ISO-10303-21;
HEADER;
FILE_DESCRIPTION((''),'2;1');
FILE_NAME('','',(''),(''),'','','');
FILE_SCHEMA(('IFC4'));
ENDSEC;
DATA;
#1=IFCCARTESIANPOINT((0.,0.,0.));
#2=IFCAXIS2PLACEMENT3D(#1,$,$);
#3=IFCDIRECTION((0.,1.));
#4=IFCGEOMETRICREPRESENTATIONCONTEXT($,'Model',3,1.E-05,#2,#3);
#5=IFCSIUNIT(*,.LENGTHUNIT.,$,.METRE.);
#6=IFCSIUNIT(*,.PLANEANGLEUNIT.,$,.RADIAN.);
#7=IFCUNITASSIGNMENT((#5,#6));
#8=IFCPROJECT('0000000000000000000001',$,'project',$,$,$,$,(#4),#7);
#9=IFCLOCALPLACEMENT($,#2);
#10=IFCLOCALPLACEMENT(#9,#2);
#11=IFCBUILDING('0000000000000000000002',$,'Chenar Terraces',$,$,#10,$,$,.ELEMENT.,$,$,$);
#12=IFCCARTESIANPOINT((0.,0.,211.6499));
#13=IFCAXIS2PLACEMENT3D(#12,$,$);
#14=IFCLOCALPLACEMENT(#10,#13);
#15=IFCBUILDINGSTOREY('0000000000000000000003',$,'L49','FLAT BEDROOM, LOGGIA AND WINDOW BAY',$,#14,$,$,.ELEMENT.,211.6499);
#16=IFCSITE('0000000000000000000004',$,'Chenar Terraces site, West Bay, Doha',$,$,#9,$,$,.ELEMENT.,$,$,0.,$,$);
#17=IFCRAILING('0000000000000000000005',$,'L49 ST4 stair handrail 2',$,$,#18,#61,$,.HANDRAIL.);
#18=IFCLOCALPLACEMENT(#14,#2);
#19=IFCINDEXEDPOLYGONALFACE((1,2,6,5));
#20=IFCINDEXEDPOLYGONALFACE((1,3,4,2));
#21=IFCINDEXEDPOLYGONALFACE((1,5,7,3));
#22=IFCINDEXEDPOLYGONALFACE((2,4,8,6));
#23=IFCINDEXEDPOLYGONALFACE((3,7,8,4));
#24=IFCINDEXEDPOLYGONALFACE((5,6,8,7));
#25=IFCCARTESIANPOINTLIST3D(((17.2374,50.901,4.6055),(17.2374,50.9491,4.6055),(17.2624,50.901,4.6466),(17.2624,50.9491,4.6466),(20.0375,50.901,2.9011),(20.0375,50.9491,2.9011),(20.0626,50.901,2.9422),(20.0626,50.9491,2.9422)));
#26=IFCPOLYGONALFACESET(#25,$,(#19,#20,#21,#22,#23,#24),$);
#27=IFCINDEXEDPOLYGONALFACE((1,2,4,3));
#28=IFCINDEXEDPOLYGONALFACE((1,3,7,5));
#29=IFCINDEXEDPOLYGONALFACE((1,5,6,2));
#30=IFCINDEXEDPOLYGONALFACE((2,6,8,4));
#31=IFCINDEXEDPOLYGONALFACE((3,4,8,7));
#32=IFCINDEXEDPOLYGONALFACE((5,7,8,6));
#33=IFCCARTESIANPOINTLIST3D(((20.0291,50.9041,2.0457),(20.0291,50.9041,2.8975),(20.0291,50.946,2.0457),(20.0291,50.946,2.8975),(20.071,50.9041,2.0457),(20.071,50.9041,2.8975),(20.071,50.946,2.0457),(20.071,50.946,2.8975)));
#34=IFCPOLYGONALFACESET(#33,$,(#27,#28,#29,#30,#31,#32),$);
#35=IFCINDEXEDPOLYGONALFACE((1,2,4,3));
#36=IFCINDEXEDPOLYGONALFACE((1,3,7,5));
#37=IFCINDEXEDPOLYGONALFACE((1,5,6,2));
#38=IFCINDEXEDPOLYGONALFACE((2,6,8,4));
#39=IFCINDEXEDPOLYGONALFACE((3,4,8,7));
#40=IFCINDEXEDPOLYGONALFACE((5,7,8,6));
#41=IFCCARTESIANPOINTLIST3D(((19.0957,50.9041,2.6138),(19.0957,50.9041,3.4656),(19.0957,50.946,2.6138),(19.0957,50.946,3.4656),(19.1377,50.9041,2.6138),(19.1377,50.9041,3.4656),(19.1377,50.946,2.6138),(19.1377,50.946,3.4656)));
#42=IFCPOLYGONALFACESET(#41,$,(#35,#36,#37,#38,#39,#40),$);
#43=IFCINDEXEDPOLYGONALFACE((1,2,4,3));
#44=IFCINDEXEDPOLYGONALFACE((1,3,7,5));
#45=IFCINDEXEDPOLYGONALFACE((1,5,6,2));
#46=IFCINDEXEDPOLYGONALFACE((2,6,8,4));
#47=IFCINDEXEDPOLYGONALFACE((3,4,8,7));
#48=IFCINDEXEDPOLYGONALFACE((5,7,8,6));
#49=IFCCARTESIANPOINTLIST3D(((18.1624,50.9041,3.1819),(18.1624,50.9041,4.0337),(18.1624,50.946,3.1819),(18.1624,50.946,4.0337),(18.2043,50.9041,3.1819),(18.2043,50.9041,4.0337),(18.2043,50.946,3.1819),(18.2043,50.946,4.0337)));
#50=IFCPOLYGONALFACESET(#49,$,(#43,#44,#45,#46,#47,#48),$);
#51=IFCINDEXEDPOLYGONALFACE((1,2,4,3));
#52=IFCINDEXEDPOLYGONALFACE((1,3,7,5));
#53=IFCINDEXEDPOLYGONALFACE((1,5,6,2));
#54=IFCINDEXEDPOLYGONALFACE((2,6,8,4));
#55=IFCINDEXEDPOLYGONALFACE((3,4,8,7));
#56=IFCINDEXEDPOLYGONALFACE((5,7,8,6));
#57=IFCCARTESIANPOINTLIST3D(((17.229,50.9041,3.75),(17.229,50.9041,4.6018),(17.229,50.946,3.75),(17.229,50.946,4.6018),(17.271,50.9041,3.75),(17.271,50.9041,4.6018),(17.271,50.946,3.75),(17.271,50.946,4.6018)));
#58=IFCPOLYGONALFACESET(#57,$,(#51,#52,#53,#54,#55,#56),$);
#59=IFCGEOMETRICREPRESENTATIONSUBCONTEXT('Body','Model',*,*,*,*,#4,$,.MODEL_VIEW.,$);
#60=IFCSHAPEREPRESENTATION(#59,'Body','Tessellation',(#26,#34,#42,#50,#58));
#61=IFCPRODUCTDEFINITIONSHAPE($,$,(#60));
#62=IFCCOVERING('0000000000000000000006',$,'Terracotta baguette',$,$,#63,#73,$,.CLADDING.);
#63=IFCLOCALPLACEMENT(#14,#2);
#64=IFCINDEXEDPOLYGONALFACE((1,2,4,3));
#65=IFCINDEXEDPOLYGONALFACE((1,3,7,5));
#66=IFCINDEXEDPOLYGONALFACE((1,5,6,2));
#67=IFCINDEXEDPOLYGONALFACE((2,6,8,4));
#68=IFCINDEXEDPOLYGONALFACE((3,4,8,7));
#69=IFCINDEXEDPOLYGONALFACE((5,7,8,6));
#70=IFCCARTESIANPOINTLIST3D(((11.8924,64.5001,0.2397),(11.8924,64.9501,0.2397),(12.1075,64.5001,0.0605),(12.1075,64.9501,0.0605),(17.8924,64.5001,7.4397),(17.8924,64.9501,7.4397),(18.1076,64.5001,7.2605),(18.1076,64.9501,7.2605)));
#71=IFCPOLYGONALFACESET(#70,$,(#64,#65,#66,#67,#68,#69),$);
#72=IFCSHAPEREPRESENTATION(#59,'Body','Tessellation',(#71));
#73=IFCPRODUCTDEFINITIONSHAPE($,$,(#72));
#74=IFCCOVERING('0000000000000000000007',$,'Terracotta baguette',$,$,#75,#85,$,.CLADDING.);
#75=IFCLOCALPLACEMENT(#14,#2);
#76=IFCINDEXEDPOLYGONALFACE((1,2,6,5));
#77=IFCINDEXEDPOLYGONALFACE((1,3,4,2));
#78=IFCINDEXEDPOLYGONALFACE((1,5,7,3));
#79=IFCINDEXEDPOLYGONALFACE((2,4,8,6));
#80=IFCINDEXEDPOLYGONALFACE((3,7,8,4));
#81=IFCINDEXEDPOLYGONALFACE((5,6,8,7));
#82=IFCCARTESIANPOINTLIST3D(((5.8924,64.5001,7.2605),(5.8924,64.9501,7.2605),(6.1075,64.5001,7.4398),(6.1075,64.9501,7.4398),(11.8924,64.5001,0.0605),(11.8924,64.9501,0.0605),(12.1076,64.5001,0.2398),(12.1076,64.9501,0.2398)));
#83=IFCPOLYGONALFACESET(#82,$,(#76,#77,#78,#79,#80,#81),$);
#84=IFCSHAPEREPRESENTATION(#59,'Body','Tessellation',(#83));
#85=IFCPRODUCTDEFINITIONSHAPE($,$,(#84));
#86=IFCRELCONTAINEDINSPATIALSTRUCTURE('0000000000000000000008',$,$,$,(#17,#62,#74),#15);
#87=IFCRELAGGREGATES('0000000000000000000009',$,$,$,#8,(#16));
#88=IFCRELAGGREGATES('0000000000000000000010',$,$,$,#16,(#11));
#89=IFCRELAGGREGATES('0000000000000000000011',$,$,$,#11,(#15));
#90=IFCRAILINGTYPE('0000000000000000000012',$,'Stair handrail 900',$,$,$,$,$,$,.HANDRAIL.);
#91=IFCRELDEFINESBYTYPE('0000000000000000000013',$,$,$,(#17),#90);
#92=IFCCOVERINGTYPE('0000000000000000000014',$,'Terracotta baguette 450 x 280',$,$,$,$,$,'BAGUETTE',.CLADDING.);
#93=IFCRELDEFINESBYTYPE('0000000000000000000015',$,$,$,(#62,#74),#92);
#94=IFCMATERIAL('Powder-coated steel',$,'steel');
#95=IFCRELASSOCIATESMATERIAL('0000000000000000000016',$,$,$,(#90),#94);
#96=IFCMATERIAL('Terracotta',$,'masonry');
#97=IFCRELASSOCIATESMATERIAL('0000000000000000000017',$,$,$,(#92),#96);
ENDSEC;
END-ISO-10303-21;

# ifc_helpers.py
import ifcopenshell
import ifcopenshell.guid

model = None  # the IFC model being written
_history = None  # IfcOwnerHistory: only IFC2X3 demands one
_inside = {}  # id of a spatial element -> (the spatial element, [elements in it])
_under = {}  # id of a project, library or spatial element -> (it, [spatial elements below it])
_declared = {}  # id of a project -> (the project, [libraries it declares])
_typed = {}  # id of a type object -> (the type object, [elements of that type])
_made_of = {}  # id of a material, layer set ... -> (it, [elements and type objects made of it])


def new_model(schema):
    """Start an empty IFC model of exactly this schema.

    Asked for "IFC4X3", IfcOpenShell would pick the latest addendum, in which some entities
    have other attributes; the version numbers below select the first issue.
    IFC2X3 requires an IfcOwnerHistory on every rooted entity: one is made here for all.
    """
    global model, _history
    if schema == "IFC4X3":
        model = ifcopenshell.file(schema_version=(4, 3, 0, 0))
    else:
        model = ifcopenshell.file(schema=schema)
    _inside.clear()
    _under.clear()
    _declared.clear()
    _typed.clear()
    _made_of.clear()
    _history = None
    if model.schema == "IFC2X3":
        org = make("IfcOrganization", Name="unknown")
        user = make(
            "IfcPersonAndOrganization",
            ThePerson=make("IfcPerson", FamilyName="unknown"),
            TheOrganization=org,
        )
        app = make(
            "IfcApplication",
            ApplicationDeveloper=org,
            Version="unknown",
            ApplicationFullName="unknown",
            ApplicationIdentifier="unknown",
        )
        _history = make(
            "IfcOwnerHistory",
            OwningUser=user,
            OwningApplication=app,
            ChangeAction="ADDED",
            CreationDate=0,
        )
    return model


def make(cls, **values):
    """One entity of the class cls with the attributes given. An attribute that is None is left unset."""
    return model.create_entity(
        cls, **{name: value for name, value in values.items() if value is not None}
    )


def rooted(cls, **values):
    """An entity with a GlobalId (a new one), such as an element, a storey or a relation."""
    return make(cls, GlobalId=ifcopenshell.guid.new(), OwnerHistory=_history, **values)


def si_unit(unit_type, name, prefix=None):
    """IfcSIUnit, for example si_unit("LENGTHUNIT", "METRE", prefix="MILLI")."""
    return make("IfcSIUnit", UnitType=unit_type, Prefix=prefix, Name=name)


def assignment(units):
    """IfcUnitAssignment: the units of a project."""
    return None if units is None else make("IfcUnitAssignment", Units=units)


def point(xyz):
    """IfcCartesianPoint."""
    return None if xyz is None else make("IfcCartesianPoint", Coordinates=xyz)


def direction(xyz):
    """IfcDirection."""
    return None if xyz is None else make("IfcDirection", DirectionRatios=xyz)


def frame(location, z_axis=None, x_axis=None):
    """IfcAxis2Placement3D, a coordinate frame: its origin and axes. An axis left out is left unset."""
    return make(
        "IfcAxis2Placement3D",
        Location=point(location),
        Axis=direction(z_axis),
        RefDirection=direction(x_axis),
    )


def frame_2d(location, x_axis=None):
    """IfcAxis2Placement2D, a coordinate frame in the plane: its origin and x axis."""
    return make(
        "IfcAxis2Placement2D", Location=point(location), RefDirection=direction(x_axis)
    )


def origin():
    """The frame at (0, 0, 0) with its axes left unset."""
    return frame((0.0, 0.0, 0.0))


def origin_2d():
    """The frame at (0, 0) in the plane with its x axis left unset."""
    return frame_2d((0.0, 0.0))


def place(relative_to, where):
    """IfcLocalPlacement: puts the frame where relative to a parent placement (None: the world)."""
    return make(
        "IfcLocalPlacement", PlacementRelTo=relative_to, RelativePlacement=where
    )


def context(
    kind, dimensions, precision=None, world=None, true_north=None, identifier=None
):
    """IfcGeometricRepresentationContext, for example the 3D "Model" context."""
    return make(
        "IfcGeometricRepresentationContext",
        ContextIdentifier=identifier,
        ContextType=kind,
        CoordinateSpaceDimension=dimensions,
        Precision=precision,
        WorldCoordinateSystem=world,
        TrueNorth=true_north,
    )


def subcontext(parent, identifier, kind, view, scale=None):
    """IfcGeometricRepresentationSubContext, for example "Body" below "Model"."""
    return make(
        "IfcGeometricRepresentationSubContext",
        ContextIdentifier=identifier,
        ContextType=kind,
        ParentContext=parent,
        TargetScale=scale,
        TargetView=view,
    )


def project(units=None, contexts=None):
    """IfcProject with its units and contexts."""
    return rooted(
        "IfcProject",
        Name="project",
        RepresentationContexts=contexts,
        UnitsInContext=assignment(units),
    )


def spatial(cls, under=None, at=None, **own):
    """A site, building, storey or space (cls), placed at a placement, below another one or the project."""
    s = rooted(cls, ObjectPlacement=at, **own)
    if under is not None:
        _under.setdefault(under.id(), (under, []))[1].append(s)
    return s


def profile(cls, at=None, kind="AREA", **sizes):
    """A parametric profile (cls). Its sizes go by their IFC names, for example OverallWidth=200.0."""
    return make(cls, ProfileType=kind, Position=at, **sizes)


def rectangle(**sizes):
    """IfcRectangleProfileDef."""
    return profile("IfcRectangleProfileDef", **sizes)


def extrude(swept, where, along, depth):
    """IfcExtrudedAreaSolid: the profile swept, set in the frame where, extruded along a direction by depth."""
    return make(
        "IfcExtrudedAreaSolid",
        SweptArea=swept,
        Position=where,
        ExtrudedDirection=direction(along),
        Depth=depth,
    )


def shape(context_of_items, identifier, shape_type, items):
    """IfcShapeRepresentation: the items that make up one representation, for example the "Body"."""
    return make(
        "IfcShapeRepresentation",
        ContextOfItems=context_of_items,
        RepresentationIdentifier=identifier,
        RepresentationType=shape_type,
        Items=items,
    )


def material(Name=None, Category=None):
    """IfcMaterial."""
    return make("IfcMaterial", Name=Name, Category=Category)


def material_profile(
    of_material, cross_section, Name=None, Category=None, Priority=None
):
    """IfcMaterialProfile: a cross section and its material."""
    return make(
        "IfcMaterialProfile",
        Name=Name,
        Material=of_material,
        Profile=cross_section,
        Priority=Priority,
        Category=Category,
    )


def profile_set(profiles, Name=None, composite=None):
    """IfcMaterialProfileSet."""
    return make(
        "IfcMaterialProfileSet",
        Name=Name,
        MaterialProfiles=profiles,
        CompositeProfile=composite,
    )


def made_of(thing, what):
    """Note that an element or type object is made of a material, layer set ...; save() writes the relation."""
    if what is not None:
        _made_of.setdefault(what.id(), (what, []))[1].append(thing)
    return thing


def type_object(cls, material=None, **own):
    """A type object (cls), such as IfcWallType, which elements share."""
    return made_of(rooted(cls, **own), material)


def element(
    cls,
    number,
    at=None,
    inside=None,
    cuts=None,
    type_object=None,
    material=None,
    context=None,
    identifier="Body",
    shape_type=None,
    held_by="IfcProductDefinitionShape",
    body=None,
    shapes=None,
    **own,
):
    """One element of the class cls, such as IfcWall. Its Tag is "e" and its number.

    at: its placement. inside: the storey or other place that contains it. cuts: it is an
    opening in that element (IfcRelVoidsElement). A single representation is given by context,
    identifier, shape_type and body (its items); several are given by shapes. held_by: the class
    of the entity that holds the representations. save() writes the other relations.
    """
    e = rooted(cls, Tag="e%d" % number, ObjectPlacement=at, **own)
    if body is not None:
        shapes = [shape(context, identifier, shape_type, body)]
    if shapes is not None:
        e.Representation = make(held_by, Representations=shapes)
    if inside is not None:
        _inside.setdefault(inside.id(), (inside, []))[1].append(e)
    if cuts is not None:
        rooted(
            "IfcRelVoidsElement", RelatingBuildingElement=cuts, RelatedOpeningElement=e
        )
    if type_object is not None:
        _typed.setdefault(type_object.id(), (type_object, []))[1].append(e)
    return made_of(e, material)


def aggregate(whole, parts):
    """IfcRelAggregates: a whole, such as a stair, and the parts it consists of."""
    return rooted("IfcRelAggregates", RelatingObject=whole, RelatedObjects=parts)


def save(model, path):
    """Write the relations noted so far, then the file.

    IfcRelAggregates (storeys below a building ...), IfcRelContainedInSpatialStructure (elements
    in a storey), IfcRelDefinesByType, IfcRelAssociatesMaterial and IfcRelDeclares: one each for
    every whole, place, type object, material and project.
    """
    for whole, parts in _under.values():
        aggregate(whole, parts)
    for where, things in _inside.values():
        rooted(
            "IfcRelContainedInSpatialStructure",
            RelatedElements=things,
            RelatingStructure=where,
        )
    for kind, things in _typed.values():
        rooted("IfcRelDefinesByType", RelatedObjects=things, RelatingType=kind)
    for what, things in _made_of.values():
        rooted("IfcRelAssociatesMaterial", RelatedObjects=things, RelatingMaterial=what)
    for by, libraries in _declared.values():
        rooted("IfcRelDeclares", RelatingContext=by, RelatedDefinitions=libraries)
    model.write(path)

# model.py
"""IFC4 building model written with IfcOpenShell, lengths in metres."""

from ifc_helpers import new_model, si_unit, direction, frame, origin, origin_2d, place, context, subcontext, project, spatial, rectangle, extrude, material, material_profile, profile_set, type_object, element, save


model = new_model("IFC4")

# Units and contexts
model_context = context("Model", 3, precision=1e-05, world=origin(), true_north=direction((0.0, 1.0)))
body_context = subcontext(model_context, "Body", "Model", "MODEL_VIEW")
ifc_project = project(units=[si_unit("LENGTHUNIT", "METRE"), si_unit("PLANEANGLEUNIT", "RADIAN")], contexts=[model_context])

# Site, building, storey
site_placement = place(None, origin())
site = spatial("IfcSite", under=ifc_project, at=site_placement, Name="Chenar Terraces site, West Bay, Doha", CompositionType="ELEMENT", RefElevation=0.0)
building_placement = place(site_placement, origin())
building = spatial("IfcBuilding", under=site, at=building_placement, Name="Chenar Terraces", CompositionType="ELEMENT")
storey_placement = place(building_placement, frame((0.0, 0.0, 211.6499)))
storey = spatial("IfcBuildingStorey", under=building, at=storey_placement, Name="L49", Description="FLAT BEDROOM, LOGGIA AND WINDOW BAY", CompositionType="ELEMENT", Elevation=211.6499)

# Railing
ifc_material_1 = material(Name="Powder-coated steel", Category="steel")
railing_type_1 = type_object("IfcRailingType", Name="Stair handrail 900", PredefinedType="HANDRAIL", material=ifc_material_1)
railing_1_placement = place(storey_placement, frame((20.05, 50.925, 2.0457)))
element("IfcRailing", 1, at=railing_1_placement, inside=storey, type_object=railing_type_1, Name="L49 ST4 stair handrail 2", PredefinedType="HANDRAIL", context=body_context, shape_type="SweptSolid", body=[
    extrude(rectangle(XDim=0.0481, YDim=0.0481, at=origin_2d()), frame((0.0, 0.0, 0.876), z_axis=(-0.854203, 0.0, 0.51994), x_axis=(0.0, -1.0, 0.0)), (0.0, 0.0, 1.0), 3.2781),
    extrude(rectangle(XDim=0.042, YDim=0.042, at=origin_2d()), origin(), (0.0, 0.0, 1.0), 0.8518),
    extrude(rectangle(XDim=0.042, YDim=0.042, at=origin_2d()), frame((-0.9333, 0.0, 0.5681)), (0.0, 0.0, 1.0), 0.8518),
    extrude(rectangle(XDim=0.042, YDim=0.042, at=origin_2d()), frame((-1.8667, 0.0, 1.1362)), (0.0, 0.0, 1.0), 0.8518),
    extrude(rectangle(XDim=0.042, YDim=0.042, at=origin_2d()), frame((-2.8, 0.0, 1.7043)), (0.0, 0.0, 1.0), 0.8518),
])

# Coverings
ifc_material_2 = material(Name="Terracotta", Category="masonry")
ifc_material_profile_1 = material_profile(ifc_material_2, rectangle(XDim=0.45, YDim=0.28, at=origin_2d()), Name="Terracotta baguette 450 x 280")
ifc_profile_set_1 = profile_set([ifc_material_profile_1], Name="Terracotta")
covering_type = type_object("IfcCoveringType", Name="Terracotta baguette 450 x 280", ElementType="BAGUETTE", PredefinedType="CLADDING", material=ifc_profile_set_1)
for number, where, z_axis, x_axis, name in (
    (2, (18.0, 64.7251, 7.3501), (-0.640187, 0.0, -0.768219), (0.0, -1.0, 0.0), "Terracotta baguette"),
    (3, (12.0, 64.7251, 0.1501), (-0.640187, 0.0, 0.768219), (0.0, -1.0, 0.0), "Terracotta baguette"),
):
    element("IfcCovering", number, at=place(storey_placement, frame(where, z_axis=z_axis, x_axis=x_axis)), inside=storey, type_object=covering_type, Name=name, PredefinedType="CLADDING", context=body_context, shape_type="SweptSolid", body=[
        extrude(rectangle(XDim=0.45, YDim=0.28, at=origin_2d()), origin(), (0.0, 0.0, 1.0), 9.3723),
    ])

save(model, "model.ifc")
